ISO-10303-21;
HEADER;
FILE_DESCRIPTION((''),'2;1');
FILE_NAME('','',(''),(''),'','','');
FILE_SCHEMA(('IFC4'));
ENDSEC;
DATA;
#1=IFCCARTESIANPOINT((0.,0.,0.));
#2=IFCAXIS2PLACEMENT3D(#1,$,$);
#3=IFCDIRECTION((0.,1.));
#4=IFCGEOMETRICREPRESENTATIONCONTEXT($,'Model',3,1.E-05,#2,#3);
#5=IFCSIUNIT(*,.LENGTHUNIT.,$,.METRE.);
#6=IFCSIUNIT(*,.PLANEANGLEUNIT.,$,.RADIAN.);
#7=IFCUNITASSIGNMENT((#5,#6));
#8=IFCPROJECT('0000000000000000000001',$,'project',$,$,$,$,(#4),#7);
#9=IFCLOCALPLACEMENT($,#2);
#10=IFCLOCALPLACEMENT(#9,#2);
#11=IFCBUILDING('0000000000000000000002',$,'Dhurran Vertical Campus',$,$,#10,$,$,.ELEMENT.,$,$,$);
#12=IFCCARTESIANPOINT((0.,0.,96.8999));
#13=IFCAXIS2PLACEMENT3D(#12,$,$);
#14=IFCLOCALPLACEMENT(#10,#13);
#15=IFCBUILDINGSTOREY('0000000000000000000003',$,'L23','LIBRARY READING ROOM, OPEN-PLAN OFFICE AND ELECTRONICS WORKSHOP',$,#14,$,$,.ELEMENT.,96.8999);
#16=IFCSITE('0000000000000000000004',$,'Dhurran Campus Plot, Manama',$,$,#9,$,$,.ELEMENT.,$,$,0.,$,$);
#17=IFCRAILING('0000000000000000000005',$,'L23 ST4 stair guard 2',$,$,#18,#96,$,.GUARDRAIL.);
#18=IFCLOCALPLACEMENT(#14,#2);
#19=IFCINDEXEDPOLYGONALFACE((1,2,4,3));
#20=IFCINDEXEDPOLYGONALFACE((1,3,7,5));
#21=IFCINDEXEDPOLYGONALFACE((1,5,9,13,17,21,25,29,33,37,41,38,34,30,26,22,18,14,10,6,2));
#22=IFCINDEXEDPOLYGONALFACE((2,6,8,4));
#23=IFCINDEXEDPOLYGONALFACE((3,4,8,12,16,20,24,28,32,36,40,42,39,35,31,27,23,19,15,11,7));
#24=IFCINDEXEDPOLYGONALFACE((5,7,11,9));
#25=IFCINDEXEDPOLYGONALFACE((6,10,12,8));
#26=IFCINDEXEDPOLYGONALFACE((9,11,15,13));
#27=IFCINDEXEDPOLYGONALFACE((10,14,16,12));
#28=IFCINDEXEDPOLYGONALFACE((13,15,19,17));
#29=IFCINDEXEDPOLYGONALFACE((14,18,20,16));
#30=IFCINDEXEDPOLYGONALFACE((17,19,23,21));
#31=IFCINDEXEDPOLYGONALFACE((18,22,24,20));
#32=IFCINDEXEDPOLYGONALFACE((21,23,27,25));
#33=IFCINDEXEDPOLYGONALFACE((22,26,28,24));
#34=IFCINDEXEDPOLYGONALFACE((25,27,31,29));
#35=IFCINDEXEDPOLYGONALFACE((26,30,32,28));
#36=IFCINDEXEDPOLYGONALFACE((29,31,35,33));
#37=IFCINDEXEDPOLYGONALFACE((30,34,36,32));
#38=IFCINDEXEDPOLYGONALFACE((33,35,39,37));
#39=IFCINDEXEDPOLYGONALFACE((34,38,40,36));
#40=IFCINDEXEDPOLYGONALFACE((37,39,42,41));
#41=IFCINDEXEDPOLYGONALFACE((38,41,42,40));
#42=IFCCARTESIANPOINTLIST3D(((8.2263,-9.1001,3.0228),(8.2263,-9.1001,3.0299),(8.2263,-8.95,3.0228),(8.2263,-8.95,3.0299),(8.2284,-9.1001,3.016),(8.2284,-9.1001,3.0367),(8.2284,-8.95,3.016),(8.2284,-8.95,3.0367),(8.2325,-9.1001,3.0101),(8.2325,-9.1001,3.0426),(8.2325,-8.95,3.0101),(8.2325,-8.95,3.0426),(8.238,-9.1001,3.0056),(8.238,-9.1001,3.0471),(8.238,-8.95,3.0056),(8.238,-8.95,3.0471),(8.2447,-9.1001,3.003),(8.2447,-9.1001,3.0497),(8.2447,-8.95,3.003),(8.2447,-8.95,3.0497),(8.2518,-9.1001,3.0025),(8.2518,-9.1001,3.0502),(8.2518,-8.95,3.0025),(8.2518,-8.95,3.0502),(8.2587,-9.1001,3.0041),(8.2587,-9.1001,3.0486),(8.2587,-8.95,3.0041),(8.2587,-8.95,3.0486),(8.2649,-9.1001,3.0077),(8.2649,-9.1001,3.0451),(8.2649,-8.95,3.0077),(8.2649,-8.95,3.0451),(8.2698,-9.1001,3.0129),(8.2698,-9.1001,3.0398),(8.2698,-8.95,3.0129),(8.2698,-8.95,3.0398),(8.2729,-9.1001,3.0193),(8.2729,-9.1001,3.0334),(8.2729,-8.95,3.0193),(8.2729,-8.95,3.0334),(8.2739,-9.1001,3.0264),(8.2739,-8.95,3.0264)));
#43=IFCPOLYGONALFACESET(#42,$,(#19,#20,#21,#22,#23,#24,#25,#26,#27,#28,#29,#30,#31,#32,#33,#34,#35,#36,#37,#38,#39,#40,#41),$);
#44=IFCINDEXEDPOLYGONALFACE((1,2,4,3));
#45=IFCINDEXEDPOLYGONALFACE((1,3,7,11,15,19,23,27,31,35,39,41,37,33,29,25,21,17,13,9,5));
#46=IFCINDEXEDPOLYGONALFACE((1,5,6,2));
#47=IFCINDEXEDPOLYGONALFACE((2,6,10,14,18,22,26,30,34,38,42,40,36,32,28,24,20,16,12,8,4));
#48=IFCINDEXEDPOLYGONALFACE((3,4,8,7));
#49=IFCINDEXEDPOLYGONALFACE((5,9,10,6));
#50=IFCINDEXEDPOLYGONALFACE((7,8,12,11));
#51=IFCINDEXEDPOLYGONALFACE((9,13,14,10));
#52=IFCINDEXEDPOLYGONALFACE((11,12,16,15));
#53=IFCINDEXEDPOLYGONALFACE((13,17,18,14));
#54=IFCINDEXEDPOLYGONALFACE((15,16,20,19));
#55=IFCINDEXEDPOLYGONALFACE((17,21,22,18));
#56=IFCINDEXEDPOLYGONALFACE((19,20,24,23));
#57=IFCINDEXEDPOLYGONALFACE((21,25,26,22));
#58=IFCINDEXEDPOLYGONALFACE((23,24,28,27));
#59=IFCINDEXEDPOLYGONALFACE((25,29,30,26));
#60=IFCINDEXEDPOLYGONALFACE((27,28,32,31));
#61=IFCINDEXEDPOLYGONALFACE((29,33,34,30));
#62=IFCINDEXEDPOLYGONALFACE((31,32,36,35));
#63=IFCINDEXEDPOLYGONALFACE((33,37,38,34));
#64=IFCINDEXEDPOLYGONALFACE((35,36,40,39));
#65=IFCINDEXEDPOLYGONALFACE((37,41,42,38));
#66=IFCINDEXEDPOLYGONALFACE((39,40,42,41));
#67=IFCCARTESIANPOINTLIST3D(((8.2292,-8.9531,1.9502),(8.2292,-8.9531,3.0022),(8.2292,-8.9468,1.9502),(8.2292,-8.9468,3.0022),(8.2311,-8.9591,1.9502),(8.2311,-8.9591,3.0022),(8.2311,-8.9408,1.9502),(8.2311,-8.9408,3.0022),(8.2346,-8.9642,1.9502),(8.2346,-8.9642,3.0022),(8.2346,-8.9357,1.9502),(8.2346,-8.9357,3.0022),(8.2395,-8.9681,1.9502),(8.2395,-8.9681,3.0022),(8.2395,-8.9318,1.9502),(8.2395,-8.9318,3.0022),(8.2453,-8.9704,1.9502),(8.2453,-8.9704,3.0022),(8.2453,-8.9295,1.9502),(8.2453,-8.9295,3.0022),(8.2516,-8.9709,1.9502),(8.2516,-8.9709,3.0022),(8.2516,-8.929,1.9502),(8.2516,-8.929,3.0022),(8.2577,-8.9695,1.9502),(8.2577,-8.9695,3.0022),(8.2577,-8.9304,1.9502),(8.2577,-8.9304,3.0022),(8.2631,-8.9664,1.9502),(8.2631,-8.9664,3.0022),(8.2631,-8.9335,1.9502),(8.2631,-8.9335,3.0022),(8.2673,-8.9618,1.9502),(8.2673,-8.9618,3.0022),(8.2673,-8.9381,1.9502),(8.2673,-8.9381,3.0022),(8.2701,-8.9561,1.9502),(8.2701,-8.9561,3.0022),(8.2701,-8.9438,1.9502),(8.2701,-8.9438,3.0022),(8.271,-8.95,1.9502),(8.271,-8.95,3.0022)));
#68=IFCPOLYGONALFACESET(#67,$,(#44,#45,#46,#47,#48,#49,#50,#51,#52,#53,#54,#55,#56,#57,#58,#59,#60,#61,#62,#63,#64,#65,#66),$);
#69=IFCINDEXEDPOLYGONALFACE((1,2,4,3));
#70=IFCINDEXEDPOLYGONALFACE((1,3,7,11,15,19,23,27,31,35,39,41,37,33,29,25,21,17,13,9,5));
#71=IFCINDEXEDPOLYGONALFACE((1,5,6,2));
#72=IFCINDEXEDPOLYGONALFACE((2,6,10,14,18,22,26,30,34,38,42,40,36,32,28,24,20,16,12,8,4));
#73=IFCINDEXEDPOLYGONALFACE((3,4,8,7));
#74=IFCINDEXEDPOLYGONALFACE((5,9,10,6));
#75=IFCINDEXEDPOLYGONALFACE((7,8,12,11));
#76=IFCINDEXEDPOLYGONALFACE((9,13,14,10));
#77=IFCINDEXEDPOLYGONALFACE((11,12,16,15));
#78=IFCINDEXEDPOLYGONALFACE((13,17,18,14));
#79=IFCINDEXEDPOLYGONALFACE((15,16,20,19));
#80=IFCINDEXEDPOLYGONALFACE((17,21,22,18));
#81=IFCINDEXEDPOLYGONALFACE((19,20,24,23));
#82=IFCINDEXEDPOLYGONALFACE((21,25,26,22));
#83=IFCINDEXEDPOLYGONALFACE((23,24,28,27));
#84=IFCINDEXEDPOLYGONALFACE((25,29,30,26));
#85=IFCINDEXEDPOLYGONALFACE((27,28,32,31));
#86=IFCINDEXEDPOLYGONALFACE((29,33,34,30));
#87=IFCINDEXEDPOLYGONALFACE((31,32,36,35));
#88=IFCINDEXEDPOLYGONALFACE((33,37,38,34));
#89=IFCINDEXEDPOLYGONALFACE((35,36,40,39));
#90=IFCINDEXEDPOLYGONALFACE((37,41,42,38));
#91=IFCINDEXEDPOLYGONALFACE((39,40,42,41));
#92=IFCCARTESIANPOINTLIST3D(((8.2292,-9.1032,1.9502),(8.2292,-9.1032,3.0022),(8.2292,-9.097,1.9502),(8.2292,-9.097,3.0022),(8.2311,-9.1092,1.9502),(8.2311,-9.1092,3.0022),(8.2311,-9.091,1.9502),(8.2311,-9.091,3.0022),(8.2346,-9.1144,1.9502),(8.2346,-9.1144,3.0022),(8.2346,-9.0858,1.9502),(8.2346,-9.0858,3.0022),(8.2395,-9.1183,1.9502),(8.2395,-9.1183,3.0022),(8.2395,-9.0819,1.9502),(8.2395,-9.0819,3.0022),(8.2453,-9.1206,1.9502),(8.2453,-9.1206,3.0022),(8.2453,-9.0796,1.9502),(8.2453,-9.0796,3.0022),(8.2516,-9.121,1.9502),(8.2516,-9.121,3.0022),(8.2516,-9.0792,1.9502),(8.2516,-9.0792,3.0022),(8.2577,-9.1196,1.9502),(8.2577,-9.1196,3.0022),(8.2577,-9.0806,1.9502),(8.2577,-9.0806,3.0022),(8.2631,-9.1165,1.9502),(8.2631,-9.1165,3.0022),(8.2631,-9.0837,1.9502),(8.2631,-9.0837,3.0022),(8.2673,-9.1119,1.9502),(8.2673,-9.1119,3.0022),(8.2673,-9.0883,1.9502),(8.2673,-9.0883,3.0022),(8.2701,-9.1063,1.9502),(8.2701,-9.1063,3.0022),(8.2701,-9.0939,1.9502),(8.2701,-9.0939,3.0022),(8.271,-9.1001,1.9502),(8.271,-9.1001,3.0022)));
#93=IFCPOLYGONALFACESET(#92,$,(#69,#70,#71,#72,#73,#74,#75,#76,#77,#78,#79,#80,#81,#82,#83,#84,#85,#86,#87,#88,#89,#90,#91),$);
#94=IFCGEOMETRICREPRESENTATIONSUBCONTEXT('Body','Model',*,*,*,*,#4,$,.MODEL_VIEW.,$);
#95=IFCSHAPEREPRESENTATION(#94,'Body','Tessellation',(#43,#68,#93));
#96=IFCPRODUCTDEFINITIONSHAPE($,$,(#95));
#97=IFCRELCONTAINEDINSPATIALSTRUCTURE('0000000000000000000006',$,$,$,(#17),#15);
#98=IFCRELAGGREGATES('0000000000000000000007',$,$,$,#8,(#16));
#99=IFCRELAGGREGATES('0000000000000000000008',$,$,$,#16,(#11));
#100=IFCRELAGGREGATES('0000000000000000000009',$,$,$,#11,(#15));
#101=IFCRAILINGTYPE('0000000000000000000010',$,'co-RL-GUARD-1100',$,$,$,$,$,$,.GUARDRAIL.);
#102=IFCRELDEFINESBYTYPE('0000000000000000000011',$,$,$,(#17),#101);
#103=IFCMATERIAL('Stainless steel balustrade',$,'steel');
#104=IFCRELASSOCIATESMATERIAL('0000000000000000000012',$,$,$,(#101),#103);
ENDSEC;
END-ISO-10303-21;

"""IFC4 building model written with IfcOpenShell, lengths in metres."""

from ifc_helpers import new_model, si_unit, direction, frame, origin, origin_2d, place, context, subcontext, project, spatial, circle, extrude, material, type_object, element, save


model = new_model("IFC4")

# Units and contexts
model_context = context("Model", 3, precision=1e-05, world=origin(), true_north=direction((0.0, 1.0)))
body_context = subcontext(model_context, "Body", "Model", "MODEL_VIEW")
ifc_project = project(units=[si_unit("LENGTHUNIT", "METRE"), si_unit("PLANEANGLEUNIT", "RADIAN")], contexts=[model_context])

# Site, building, storey
site_placement = place(None, origin())
site = spatial("IfcSite", under=ifc_project, at=site_placement, Name="Dhurran Campus Plot, Manama", CompositionType="ELEMENT", RefElevation=0.0)
building_placement = place(site_placement, origin())
building = spatial("IfcBuilding", under=site, at=building_placement, Name="Dhurran Vertical Campus", CompositionType="ELEMENT")
storey_placement = place(building_placement, frame((0.0, 0.0, 96.8999)))
storey = spatial("IfcBuildingStorey", under=building, at=storey_placement, Name="L23", Description="LIBRARY READING ROOM, OPEN-PLAN OFFICE AND ELECTRONICS WORKSHOP", CompositionType="ELEMENT", Elevation=96.8999)

# Railing
ifc_material_1 = material(Name="Stainless steel balustrade", Category="steel")
railing_type_1 = type_object("IfcRailingType", Name="co-RL-GUARD-1100", PredefinedType="GUARDRAIL", material=ifc_material_1)
railing_1_placement = place(storey_placement, frame((8.25, -8.95, 1.9502)))
element("IfcRailing", 1, at=railing_1_placement, inside=storey, type_object=railing_type_1, Name="L23 ST4 stair guard 2", PredefinedType="GUARDRAIL", context=body_context, shape_type="SweptSolid", body=[
    extrude(circle(Radius=0.0239, at=origin_2d()), frame((0.0, 0.0, 1.0762), z_axis=(0.0, -1.0, 0.0), x_axis=(1.0, 0.0, 0.0)), (0.0, 0.0, 1.0), 0.1501),
    extrude(circle(Radius=0.021, at=origin_2d()), origin(), (0.0, 0.0, 1.0), 1.052),
    extrude(circle(Radius=0.021, at=origin_2d()), frame((0.0, -0.1501, 0.0)), (0.0, 0.0, 1.0), 1.052),
])

save(model, "model.ifc")
